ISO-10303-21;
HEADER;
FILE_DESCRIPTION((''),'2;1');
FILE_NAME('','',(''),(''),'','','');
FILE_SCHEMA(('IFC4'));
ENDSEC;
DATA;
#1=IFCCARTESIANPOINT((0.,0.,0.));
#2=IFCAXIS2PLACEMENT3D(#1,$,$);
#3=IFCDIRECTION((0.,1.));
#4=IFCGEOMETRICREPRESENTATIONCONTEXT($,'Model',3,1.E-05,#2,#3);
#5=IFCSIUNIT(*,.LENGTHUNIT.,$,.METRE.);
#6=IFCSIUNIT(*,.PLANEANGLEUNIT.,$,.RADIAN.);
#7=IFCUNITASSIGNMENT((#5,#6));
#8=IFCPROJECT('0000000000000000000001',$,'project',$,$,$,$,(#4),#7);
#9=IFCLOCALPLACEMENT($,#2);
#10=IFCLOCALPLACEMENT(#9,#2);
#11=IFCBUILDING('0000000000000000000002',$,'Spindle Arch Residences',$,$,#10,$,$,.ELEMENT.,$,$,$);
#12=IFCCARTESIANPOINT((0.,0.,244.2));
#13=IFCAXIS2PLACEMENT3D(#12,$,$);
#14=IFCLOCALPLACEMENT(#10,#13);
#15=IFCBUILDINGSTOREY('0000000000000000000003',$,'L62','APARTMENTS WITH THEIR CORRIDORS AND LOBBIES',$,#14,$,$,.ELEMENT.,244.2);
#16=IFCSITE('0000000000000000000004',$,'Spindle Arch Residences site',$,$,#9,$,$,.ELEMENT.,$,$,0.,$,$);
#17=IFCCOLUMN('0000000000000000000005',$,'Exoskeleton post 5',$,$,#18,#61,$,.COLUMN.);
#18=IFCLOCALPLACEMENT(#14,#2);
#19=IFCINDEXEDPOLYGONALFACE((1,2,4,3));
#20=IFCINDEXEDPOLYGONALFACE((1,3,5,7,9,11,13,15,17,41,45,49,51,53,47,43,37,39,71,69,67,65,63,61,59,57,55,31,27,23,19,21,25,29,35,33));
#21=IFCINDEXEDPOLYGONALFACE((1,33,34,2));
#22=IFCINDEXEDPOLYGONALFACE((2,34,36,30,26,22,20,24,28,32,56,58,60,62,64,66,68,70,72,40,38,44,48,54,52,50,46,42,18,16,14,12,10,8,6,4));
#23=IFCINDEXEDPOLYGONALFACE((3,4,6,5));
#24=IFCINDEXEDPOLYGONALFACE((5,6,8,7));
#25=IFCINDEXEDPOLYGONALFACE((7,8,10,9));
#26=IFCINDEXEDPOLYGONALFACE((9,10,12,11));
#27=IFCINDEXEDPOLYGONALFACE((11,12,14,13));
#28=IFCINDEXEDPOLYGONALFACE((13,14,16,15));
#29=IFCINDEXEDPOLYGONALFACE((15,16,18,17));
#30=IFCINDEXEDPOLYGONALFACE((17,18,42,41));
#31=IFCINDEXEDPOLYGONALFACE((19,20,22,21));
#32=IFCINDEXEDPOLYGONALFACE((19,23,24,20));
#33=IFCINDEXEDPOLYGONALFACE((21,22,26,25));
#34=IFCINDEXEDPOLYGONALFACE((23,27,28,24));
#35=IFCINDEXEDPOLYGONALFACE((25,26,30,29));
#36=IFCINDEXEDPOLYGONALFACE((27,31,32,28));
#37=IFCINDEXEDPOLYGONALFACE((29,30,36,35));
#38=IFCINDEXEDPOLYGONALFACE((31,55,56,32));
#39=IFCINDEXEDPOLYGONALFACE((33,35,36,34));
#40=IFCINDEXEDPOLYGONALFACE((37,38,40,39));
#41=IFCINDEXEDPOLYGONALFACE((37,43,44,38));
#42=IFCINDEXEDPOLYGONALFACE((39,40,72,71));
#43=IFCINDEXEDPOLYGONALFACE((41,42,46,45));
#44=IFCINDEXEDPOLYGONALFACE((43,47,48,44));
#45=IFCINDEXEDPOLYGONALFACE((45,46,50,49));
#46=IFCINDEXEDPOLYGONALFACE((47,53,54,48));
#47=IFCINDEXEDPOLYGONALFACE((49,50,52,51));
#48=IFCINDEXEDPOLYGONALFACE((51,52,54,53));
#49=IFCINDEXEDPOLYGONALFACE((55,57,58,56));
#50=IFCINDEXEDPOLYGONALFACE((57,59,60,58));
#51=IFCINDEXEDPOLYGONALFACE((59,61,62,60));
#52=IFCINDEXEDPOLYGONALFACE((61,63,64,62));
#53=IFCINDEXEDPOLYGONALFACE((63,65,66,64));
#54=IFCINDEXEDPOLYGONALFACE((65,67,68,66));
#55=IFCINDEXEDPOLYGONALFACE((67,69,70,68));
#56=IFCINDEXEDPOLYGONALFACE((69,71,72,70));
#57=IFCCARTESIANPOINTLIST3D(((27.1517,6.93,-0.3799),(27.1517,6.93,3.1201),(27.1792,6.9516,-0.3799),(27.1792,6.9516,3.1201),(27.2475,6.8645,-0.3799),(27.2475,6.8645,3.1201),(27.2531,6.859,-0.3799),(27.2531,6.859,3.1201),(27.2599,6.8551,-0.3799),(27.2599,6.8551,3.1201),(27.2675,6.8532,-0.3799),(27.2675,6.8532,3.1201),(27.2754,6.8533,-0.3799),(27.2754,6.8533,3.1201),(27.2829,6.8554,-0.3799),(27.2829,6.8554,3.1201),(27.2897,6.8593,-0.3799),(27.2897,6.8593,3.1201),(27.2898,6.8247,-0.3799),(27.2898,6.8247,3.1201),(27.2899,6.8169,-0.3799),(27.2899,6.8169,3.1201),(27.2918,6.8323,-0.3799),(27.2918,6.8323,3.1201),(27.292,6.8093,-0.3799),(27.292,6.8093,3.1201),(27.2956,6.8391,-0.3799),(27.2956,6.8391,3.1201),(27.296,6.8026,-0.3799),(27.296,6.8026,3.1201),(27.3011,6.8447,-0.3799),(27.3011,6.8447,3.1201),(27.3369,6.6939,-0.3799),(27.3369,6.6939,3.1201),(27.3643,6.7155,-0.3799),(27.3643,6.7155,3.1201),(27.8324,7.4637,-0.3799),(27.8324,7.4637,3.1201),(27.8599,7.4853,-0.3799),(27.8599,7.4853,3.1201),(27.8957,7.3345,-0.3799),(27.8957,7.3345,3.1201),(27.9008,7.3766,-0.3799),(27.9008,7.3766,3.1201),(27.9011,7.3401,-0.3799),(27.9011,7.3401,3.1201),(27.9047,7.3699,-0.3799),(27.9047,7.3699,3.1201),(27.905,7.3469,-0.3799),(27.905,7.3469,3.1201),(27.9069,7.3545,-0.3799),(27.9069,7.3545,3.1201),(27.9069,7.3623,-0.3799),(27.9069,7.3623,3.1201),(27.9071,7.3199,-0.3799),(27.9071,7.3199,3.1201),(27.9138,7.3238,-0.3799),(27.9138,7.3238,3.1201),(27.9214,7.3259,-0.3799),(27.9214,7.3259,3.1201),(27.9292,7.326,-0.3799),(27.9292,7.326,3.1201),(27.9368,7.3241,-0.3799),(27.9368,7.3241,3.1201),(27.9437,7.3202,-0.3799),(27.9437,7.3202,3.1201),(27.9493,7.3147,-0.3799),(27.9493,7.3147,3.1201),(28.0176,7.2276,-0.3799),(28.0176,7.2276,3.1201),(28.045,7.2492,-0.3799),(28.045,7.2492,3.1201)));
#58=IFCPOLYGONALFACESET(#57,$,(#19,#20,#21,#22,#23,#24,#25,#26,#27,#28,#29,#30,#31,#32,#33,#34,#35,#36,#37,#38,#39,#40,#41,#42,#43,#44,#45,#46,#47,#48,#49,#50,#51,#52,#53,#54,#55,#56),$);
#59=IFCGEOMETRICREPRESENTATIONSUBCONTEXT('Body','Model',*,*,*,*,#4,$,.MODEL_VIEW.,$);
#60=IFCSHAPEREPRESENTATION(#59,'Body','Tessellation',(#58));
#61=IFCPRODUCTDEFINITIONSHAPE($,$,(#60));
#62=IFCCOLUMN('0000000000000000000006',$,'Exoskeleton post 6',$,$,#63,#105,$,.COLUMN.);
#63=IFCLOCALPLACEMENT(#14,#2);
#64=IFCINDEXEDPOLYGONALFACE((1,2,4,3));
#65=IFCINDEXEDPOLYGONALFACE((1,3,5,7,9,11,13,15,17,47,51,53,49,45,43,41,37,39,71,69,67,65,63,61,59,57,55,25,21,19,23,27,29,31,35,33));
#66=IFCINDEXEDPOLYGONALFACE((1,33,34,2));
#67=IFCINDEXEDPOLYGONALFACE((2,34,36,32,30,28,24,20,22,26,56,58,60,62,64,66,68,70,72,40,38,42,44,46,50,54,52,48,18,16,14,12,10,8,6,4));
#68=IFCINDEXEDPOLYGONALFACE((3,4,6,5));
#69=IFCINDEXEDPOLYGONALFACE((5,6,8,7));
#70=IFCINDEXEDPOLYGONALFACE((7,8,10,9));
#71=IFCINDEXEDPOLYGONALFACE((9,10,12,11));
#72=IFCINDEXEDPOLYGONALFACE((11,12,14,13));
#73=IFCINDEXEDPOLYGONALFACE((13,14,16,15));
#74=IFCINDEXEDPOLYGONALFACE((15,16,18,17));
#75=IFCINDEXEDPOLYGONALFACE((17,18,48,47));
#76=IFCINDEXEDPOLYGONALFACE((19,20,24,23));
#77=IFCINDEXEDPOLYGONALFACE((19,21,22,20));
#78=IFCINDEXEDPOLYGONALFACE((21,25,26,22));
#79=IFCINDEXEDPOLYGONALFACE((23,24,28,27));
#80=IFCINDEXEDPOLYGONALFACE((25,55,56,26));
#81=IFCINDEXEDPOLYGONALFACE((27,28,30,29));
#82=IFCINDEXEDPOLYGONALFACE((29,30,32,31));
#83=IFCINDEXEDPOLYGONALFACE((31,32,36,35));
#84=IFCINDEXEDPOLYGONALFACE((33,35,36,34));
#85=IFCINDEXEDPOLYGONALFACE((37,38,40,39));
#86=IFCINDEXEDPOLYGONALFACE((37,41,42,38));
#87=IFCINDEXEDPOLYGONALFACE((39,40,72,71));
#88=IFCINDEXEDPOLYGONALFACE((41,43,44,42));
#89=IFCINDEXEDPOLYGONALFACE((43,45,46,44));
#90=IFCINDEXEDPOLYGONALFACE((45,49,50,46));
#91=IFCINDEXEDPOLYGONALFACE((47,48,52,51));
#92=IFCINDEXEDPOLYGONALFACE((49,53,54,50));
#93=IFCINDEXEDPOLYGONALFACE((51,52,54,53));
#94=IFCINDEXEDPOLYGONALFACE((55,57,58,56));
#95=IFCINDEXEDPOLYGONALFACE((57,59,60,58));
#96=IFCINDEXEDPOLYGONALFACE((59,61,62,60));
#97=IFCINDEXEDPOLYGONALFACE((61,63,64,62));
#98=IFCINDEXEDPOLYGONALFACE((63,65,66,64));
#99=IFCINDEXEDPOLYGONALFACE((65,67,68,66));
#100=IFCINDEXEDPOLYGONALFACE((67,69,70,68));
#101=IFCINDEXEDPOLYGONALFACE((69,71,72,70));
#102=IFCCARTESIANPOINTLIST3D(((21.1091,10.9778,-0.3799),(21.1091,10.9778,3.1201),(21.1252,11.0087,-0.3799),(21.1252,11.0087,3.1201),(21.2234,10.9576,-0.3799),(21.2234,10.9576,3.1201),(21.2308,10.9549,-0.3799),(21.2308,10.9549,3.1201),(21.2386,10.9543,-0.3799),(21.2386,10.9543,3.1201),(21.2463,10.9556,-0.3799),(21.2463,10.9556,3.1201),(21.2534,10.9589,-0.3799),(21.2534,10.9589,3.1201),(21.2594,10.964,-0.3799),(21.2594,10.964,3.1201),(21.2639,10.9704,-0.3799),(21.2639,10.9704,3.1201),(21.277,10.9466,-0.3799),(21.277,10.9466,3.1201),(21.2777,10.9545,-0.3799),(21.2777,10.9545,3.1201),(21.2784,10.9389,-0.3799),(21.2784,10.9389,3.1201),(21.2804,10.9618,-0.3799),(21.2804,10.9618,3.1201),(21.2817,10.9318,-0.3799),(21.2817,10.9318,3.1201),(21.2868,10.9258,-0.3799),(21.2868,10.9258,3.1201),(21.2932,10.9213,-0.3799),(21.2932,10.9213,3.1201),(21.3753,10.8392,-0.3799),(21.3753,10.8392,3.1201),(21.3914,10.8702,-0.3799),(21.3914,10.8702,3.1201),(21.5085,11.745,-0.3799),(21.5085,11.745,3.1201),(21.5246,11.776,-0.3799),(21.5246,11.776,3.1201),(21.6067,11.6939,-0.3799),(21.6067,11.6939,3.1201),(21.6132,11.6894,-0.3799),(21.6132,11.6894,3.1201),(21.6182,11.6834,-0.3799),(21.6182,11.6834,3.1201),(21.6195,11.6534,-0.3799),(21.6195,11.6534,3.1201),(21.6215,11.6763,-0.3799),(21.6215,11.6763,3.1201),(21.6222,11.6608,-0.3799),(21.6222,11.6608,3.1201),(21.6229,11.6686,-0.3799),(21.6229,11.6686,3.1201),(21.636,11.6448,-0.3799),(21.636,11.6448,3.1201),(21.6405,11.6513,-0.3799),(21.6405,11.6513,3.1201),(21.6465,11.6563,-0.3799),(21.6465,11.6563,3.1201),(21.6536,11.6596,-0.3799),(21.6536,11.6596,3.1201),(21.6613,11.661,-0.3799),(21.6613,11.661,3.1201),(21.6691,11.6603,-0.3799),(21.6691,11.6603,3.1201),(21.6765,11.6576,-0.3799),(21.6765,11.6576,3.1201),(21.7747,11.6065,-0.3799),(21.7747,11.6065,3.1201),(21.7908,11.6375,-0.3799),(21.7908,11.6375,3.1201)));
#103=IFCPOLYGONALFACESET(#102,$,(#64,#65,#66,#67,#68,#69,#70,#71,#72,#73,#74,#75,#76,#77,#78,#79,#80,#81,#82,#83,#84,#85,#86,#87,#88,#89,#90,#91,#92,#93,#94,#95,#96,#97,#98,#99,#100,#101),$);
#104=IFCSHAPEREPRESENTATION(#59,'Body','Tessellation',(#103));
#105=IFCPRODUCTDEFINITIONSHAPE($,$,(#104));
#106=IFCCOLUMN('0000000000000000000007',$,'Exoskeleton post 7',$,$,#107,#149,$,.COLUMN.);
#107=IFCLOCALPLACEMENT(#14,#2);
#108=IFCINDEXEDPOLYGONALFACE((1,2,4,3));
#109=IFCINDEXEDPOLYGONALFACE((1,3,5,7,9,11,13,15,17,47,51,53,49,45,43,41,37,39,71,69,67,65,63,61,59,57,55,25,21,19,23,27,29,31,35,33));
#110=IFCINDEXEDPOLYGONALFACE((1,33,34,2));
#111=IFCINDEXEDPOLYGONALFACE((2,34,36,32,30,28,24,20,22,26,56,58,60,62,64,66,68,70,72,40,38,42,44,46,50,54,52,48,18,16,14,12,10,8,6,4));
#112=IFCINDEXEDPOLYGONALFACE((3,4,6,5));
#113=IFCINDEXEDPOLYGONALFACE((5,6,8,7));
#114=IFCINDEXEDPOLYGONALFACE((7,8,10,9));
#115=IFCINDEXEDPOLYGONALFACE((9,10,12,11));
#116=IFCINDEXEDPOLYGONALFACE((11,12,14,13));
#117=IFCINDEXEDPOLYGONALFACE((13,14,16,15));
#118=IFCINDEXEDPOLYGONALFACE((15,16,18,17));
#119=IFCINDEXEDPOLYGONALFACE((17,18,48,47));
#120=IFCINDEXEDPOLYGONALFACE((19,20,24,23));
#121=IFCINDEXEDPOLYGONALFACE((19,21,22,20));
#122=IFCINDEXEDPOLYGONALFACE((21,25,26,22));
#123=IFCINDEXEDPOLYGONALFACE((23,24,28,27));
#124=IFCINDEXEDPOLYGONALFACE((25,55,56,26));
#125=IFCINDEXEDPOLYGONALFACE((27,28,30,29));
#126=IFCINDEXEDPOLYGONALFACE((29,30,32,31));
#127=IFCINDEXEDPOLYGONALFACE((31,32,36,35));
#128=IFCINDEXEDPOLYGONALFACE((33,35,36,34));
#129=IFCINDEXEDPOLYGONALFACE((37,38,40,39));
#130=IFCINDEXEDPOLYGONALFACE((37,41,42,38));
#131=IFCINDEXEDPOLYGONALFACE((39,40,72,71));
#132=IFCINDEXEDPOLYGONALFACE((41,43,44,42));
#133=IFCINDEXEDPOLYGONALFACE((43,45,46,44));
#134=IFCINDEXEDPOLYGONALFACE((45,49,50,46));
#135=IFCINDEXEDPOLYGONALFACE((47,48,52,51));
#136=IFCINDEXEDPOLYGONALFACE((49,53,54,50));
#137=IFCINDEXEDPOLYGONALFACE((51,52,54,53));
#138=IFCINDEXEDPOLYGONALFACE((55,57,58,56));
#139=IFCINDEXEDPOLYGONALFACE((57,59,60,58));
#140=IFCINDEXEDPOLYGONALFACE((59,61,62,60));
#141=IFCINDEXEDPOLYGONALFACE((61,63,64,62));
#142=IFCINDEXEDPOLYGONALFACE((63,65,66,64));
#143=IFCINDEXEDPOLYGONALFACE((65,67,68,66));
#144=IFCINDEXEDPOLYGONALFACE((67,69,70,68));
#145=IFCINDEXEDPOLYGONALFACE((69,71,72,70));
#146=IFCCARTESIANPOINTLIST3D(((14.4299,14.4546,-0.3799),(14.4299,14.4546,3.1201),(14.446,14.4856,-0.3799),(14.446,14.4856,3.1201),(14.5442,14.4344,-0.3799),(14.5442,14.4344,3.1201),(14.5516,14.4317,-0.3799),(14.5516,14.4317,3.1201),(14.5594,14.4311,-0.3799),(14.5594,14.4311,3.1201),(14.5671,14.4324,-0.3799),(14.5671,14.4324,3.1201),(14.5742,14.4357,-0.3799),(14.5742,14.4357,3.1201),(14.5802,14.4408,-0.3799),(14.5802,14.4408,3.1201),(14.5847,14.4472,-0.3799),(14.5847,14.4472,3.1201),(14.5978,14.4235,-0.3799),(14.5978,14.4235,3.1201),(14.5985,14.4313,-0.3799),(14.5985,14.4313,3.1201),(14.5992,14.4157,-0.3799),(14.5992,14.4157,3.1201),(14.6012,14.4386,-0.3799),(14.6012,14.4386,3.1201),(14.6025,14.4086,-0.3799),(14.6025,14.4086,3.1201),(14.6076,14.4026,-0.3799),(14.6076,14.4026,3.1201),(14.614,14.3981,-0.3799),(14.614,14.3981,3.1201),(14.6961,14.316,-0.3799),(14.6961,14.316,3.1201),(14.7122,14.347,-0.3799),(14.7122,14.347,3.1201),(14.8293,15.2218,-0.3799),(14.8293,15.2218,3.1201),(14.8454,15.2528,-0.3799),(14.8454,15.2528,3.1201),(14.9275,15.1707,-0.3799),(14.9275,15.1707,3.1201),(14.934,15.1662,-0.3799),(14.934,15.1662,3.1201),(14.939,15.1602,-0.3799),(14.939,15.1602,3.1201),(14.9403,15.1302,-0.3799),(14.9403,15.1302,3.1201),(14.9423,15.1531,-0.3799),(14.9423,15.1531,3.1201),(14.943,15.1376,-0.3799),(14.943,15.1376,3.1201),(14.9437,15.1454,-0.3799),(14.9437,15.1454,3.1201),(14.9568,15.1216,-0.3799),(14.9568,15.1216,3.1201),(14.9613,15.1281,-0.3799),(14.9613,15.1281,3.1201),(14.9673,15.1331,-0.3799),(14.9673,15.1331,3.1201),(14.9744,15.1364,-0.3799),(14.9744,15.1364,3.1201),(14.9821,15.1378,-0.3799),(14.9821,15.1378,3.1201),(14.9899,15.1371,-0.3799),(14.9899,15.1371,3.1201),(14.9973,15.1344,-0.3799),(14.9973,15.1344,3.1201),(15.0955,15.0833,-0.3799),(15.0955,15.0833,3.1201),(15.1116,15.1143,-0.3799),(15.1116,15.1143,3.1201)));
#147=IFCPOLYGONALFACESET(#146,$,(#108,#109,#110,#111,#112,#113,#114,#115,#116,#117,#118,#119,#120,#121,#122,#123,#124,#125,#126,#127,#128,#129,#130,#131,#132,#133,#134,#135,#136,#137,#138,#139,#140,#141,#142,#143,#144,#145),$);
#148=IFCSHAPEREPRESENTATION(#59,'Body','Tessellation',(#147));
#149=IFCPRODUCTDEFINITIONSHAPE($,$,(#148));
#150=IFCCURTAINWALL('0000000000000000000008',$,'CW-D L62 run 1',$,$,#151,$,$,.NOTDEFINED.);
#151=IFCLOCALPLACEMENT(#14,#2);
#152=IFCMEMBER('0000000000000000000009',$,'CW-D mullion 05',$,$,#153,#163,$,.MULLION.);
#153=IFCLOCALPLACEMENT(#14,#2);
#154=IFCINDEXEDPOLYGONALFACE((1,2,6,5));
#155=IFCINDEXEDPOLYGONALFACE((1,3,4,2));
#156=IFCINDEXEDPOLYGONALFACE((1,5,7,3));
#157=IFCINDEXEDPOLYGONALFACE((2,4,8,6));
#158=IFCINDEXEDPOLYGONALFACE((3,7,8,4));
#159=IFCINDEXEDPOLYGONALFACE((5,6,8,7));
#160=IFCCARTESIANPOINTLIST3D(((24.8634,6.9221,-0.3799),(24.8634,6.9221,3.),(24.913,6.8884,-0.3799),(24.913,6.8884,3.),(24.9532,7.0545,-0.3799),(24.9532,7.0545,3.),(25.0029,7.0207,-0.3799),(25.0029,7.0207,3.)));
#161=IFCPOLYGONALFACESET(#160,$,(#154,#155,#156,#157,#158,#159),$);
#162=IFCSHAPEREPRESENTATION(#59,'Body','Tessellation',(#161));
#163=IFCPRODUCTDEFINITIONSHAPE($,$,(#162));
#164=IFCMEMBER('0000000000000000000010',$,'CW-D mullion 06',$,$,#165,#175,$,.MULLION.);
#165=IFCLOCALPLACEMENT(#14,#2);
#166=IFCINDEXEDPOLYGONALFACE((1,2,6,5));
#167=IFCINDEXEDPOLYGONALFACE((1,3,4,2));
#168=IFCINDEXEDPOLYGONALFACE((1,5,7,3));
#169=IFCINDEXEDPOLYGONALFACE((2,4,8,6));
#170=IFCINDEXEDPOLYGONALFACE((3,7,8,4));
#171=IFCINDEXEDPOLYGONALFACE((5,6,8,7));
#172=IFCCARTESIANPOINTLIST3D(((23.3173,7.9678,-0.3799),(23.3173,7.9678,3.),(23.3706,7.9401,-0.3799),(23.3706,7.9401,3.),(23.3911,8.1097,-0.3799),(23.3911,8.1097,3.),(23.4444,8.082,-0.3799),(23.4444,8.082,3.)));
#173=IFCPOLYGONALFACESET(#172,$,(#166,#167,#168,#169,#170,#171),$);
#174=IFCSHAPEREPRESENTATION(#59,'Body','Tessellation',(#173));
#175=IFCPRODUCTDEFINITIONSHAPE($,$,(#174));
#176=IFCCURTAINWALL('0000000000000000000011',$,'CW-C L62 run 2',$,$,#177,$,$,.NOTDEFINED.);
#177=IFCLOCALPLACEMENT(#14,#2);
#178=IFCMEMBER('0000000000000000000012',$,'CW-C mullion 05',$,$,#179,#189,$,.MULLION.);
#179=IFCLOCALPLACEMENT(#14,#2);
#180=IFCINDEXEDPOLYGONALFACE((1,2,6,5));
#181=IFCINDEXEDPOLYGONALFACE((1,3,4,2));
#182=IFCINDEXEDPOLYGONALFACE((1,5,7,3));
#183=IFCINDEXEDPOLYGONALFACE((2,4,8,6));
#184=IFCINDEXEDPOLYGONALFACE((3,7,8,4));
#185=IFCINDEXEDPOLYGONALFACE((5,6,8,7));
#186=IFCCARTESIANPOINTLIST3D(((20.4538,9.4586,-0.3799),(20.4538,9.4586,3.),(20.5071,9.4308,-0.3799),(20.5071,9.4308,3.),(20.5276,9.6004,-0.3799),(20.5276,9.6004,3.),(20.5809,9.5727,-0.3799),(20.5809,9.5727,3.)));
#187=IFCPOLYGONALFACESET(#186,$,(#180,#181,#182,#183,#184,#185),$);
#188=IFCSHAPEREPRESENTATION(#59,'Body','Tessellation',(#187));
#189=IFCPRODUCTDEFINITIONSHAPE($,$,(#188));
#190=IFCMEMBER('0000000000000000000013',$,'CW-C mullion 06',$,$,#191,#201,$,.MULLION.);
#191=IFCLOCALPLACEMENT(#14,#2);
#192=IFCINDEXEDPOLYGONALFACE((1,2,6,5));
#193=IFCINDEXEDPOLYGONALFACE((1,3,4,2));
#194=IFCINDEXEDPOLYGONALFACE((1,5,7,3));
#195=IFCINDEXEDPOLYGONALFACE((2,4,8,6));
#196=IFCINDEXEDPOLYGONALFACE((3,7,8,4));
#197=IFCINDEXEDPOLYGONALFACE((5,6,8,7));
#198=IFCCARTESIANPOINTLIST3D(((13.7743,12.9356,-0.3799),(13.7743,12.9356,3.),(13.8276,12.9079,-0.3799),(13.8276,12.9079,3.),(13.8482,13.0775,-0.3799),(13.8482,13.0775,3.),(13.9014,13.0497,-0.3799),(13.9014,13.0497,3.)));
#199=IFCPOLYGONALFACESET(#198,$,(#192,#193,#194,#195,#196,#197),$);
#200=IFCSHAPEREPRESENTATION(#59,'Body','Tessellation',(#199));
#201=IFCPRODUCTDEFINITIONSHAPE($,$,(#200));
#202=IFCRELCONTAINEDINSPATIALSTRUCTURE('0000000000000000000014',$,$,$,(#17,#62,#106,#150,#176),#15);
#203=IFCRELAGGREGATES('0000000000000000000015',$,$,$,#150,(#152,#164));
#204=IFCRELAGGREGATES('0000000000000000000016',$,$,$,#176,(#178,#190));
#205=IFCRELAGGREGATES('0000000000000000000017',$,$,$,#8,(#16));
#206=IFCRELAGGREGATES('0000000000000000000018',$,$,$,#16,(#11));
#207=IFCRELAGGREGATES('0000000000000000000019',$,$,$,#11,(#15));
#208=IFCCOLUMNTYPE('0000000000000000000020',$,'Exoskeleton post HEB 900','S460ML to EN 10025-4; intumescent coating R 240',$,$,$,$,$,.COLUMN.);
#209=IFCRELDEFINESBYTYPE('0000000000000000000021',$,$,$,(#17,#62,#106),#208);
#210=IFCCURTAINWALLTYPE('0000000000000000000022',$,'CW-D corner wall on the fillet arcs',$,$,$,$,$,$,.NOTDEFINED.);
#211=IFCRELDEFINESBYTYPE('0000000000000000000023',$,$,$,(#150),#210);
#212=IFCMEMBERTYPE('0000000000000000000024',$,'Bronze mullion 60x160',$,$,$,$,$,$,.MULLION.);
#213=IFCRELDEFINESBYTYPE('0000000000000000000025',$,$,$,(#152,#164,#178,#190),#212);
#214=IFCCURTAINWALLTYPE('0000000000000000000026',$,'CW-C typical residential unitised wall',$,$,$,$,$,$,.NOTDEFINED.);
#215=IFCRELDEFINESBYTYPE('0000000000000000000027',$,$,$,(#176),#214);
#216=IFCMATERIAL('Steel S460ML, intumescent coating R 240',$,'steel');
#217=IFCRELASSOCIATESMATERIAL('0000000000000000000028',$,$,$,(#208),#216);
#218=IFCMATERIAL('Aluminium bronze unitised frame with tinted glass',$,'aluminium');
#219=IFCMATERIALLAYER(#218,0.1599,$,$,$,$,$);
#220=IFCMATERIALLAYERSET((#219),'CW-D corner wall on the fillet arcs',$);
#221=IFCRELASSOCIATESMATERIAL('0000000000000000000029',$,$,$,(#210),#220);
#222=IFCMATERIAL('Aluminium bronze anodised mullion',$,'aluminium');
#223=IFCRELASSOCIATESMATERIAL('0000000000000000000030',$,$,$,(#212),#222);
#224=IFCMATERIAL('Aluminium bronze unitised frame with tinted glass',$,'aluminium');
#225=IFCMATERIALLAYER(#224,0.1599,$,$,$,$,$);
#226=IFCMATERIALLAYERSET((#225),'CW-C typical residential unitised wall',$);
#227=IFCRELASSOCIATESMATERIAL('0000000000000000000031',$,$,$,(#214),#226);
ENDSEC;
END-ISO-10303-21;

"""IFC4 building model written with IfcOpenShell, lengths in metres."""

from ifc_helpers import new_model, si_unit, direction, frame, origin, origin_2d, place, context, subcontext, project, spatial, rectangle, i_section, extrude, material, layer, layer_set, material_profile, profile_set, type_object, element, aggregate, save


model = new_model("IFC4")

# Units and contexts
model_context = context("Model", 3, precision=1e-05, world=origin(), true_north=direction((0.0, 1.0)))
body_context = subcontext(model_context, "Body", "Model", "MODEL_VIEW")
ifc_project = project(units=[si_unit("LENGTHUNIT", "METRE"), si_unit("PLANEANGLEUNIT", "RADIAN")], contexts=[model_context])

# Site, building, storey
site_placement = place(None, origin())
site = spatial("IfcSite", under=ifc_project, at=site_placement, Name="Spindle Arch Residences site", CompositionType="ELEMENT", RefElevation=0.0)
building_placement = place(site_placement, origin())
building = spatial("IfcBuilding", under=site, at=building_placement, Name="Spindle Arch Residences", CompositionType="ELEMENT")
storey_placement = place(building_placement, frame((0.0, 0.0, 244.2)))
storey = spatial("IfcBuildingStorey", under=building, at=storey_placement, Name="L62", Description="APARTMENTS WITH THEIR CORRIDORS AND LOBBIES", CompositionType="ELEMENT", Elevation=244.2)

# Columns
ifc_material_1 = material(Name="Steel S460ML, intumescent coating R 240", Category="steel")
ifc_material_profile_1 = material_profile(ifc_material_1, i_section(OverallWidth=0.3, OverallDepth=0.8999, WebThickness=0.0186, FlangeThickness=0.0349, FilletRadius=0.03, at=origin_2d()), Name="HEB 900")
ifc_profile_set_1 = profile_set([ifc_material_profile_1], Name="Steel S460ML, intumescent coating R 240")
column_type = type_object("IfcColumnType", Name="Exoskeleton post HEB 900", Description="S460ML to EN 10025-4; intumescent coating R 240", PredefinedType="COLUMN", material=ifc_profile_set_1)
for number, where, z_axis, x_axis, name in (
    (1, (27.5984, 7.0896, -0.3799), (0.0, 0.0, 1.0), (0.617002, -0.786962, 0.0), "Exoskeleton post 5"),
    (2, (21.45, 11.3076, -0.3799), (0.0, 0.0, 1.0), (0.887011, -0.461749, 0.0), "Exoskeleton post 6"),
    (3, (14.7708, 14.7844, -0.3799), (0.0, 0.0, 1.0), (0.887011, -0.461749, 0.0), "Exoskeleton post 7"),
):
    element("IfcColumn", number, at=place(storey_placement, frame(where, z_axis=z_axis, x_axis=x_axis)), inside=storey, type_object=column_type, Name=name, PredefinedType="COLUMN", context=body_context, shape_type="SweptSolid", body=[
        extrude(i_section(OverallWidth=0.3, OverallDepth=0.8999, WebThickness=0.0186, FlangeThickness=0.0349, FilletRadius=0.03, at=origin_2d()), origin(), (0.0, 0.0, 1.0), 3.5),
    ])

# Curtain walls, members
ifc_material_2 = material(Name="Aluminium bronze unitised frame with tinted glass", Category="aluminium")
ifc_layer_1 = layer(ifc_material_2, 0.1599)
ifc_layer_set_1 = layer_set([ifc_layer_1], Name="CW-D corner wall on the fillet arcs")
curtain_wall_type_1 = type_object("IfcCurtainWallType", Name="CW-D corner wall on the fillet arcs", PredefinedType="NOTDEFINED", material=ifc_layer_set_1)
curtain_wall_1_placement = place(storey_placement, origin())
curtain_wall_1 = element("IfcCurtainWall", 4, at=curtain_wall_1_placement, inside=storey, type_object=curtain_wall_type_1, Name="CW-D L62 run 1", PredefinedType="NOTDEFINED")
ifc_material_3 = material(Name="Aluminium bronze anodised mullion", Category="aluminium")
ifc_material_profile_2 = material_profile(ifc_material_3, rectangle(XDim=0.1599, YDim=0.0601, at=origin_2d()), Name="MU 60x160")
ifc_profile_set_2 = profile_set([ifc_material_profile_2], Name="Aluminium bronze anodised mullion")
member_type_1 = type_object("IfcMemberType", Name="Bronze mullion 60x160", PredefinedType="MULLION", material=ifc_profile_set_2)
member_1_placement = place(storey_placement, frame((24.9331, 6.9714, -0.3799), z_axis=(0.0, 0.0, 1.0), x_axis=(-0.561602, -0.827407, 0.0)))
member_1 = element("IfcMember", 5, at=member_1_placement, type_object=member_type_1, Name="CW-D mullion 05", PredefinedType="MULLION", context=body_context, shape_type="SweptSolid", body=[
    extrude(rectangle(XDim=0.1599, YDim=0.0601, at=origin_2d()), origin(), (0.0, 0.0, 1.0), 3.3799),
])
member_2_placement = place(storey_placement, frame((23.3809, 8.0249, -0.3799), z_axis=(0.0, 0.0, 1.0), x_axis=(-0.461749, -0.887011, 0.0)))
member_2 = element("IfcMember", 6, at=member_2_placement, type_object=member_type_1, Name="CW-D mullion 06", PredefinedType="MULLION", context=body_context, shape_type="SweptSolid", body=[
    extrude(rectangle(XDim=0.1599, YDim=0.0601, at=origin_2d()), origin(), (0.0, 0.0, 1.0), 3.3799),
])
ifc_material_4 = material(Name="Aluminium bronze unitised frame with tinted glass", Category="aluminium")
ifc_layer_2 = layer(ifc_material_4, 0.1599)
ifc_layer_set_2 = layer_set([ifc_layer_2], Name="CW-C typical residential unitised wall")
curtain_wall_type_2 = type_object("IfcCurtainWallType", Name="CW-C typical residential unitised wall", PredefinedType="NOTDEFINED", material=ifc_layer_set_2)
curtain_wall_2_placement = place(storey_placement, origin())
curtain_wall_2 = element("IfcCurtainWall", 7, at=curtain_wall_2_placement, inside=storey, type_object=curtain_wall_type_2, Name="CW-C L62 run 2", PredefinedType="NOTDEFINED")
member_3_placement = place(storey_placement, frame((20.5173, 9.5156, -0.3799), z_axis=(0.0, 0.0, 1.0), x_axis=(-0.461749, -0.887011, 0.0)))
member_3 = element("IfcMember", 8, at=member_3_placement, type_object=member_type_1, Name="CW-C mullion 05", PredefinedType="MULLION", context=body_context, shape_type="SweptSolid", body=[
    extrude(rectangle(XDim=0.1599, YDim=0.0601, at=origin_2d()), origin(), (0.0, 0.0, 1.0), 3.3799),
])
member_4_placement = place(storey_placement, frame((13.8379, 12.9927, -0.3799), z_axis=(0.0, 0.0, 1.0), x_axis=(-0.461749, -0.887011, 0.0)))
member_4 = element("IfcMember", 9, at=member_4_placement, type_object=member_type_1, Name="CW-C mullion 06", PredefinedType="MULLION", context=body_context, shape_type="SweptSolid", body=[
    extrude(rectangle(XDim=0.1599, YDim=0.0601, at=origin_2d()), origin(), (0.0, 0.0, 1.0), 3.3799),
])

aggregate(curtain_wall_1, [member_1, member_2])
aggregate(curtain_wall_2, [member_3, member_4])

save(model, "model.ifc")
